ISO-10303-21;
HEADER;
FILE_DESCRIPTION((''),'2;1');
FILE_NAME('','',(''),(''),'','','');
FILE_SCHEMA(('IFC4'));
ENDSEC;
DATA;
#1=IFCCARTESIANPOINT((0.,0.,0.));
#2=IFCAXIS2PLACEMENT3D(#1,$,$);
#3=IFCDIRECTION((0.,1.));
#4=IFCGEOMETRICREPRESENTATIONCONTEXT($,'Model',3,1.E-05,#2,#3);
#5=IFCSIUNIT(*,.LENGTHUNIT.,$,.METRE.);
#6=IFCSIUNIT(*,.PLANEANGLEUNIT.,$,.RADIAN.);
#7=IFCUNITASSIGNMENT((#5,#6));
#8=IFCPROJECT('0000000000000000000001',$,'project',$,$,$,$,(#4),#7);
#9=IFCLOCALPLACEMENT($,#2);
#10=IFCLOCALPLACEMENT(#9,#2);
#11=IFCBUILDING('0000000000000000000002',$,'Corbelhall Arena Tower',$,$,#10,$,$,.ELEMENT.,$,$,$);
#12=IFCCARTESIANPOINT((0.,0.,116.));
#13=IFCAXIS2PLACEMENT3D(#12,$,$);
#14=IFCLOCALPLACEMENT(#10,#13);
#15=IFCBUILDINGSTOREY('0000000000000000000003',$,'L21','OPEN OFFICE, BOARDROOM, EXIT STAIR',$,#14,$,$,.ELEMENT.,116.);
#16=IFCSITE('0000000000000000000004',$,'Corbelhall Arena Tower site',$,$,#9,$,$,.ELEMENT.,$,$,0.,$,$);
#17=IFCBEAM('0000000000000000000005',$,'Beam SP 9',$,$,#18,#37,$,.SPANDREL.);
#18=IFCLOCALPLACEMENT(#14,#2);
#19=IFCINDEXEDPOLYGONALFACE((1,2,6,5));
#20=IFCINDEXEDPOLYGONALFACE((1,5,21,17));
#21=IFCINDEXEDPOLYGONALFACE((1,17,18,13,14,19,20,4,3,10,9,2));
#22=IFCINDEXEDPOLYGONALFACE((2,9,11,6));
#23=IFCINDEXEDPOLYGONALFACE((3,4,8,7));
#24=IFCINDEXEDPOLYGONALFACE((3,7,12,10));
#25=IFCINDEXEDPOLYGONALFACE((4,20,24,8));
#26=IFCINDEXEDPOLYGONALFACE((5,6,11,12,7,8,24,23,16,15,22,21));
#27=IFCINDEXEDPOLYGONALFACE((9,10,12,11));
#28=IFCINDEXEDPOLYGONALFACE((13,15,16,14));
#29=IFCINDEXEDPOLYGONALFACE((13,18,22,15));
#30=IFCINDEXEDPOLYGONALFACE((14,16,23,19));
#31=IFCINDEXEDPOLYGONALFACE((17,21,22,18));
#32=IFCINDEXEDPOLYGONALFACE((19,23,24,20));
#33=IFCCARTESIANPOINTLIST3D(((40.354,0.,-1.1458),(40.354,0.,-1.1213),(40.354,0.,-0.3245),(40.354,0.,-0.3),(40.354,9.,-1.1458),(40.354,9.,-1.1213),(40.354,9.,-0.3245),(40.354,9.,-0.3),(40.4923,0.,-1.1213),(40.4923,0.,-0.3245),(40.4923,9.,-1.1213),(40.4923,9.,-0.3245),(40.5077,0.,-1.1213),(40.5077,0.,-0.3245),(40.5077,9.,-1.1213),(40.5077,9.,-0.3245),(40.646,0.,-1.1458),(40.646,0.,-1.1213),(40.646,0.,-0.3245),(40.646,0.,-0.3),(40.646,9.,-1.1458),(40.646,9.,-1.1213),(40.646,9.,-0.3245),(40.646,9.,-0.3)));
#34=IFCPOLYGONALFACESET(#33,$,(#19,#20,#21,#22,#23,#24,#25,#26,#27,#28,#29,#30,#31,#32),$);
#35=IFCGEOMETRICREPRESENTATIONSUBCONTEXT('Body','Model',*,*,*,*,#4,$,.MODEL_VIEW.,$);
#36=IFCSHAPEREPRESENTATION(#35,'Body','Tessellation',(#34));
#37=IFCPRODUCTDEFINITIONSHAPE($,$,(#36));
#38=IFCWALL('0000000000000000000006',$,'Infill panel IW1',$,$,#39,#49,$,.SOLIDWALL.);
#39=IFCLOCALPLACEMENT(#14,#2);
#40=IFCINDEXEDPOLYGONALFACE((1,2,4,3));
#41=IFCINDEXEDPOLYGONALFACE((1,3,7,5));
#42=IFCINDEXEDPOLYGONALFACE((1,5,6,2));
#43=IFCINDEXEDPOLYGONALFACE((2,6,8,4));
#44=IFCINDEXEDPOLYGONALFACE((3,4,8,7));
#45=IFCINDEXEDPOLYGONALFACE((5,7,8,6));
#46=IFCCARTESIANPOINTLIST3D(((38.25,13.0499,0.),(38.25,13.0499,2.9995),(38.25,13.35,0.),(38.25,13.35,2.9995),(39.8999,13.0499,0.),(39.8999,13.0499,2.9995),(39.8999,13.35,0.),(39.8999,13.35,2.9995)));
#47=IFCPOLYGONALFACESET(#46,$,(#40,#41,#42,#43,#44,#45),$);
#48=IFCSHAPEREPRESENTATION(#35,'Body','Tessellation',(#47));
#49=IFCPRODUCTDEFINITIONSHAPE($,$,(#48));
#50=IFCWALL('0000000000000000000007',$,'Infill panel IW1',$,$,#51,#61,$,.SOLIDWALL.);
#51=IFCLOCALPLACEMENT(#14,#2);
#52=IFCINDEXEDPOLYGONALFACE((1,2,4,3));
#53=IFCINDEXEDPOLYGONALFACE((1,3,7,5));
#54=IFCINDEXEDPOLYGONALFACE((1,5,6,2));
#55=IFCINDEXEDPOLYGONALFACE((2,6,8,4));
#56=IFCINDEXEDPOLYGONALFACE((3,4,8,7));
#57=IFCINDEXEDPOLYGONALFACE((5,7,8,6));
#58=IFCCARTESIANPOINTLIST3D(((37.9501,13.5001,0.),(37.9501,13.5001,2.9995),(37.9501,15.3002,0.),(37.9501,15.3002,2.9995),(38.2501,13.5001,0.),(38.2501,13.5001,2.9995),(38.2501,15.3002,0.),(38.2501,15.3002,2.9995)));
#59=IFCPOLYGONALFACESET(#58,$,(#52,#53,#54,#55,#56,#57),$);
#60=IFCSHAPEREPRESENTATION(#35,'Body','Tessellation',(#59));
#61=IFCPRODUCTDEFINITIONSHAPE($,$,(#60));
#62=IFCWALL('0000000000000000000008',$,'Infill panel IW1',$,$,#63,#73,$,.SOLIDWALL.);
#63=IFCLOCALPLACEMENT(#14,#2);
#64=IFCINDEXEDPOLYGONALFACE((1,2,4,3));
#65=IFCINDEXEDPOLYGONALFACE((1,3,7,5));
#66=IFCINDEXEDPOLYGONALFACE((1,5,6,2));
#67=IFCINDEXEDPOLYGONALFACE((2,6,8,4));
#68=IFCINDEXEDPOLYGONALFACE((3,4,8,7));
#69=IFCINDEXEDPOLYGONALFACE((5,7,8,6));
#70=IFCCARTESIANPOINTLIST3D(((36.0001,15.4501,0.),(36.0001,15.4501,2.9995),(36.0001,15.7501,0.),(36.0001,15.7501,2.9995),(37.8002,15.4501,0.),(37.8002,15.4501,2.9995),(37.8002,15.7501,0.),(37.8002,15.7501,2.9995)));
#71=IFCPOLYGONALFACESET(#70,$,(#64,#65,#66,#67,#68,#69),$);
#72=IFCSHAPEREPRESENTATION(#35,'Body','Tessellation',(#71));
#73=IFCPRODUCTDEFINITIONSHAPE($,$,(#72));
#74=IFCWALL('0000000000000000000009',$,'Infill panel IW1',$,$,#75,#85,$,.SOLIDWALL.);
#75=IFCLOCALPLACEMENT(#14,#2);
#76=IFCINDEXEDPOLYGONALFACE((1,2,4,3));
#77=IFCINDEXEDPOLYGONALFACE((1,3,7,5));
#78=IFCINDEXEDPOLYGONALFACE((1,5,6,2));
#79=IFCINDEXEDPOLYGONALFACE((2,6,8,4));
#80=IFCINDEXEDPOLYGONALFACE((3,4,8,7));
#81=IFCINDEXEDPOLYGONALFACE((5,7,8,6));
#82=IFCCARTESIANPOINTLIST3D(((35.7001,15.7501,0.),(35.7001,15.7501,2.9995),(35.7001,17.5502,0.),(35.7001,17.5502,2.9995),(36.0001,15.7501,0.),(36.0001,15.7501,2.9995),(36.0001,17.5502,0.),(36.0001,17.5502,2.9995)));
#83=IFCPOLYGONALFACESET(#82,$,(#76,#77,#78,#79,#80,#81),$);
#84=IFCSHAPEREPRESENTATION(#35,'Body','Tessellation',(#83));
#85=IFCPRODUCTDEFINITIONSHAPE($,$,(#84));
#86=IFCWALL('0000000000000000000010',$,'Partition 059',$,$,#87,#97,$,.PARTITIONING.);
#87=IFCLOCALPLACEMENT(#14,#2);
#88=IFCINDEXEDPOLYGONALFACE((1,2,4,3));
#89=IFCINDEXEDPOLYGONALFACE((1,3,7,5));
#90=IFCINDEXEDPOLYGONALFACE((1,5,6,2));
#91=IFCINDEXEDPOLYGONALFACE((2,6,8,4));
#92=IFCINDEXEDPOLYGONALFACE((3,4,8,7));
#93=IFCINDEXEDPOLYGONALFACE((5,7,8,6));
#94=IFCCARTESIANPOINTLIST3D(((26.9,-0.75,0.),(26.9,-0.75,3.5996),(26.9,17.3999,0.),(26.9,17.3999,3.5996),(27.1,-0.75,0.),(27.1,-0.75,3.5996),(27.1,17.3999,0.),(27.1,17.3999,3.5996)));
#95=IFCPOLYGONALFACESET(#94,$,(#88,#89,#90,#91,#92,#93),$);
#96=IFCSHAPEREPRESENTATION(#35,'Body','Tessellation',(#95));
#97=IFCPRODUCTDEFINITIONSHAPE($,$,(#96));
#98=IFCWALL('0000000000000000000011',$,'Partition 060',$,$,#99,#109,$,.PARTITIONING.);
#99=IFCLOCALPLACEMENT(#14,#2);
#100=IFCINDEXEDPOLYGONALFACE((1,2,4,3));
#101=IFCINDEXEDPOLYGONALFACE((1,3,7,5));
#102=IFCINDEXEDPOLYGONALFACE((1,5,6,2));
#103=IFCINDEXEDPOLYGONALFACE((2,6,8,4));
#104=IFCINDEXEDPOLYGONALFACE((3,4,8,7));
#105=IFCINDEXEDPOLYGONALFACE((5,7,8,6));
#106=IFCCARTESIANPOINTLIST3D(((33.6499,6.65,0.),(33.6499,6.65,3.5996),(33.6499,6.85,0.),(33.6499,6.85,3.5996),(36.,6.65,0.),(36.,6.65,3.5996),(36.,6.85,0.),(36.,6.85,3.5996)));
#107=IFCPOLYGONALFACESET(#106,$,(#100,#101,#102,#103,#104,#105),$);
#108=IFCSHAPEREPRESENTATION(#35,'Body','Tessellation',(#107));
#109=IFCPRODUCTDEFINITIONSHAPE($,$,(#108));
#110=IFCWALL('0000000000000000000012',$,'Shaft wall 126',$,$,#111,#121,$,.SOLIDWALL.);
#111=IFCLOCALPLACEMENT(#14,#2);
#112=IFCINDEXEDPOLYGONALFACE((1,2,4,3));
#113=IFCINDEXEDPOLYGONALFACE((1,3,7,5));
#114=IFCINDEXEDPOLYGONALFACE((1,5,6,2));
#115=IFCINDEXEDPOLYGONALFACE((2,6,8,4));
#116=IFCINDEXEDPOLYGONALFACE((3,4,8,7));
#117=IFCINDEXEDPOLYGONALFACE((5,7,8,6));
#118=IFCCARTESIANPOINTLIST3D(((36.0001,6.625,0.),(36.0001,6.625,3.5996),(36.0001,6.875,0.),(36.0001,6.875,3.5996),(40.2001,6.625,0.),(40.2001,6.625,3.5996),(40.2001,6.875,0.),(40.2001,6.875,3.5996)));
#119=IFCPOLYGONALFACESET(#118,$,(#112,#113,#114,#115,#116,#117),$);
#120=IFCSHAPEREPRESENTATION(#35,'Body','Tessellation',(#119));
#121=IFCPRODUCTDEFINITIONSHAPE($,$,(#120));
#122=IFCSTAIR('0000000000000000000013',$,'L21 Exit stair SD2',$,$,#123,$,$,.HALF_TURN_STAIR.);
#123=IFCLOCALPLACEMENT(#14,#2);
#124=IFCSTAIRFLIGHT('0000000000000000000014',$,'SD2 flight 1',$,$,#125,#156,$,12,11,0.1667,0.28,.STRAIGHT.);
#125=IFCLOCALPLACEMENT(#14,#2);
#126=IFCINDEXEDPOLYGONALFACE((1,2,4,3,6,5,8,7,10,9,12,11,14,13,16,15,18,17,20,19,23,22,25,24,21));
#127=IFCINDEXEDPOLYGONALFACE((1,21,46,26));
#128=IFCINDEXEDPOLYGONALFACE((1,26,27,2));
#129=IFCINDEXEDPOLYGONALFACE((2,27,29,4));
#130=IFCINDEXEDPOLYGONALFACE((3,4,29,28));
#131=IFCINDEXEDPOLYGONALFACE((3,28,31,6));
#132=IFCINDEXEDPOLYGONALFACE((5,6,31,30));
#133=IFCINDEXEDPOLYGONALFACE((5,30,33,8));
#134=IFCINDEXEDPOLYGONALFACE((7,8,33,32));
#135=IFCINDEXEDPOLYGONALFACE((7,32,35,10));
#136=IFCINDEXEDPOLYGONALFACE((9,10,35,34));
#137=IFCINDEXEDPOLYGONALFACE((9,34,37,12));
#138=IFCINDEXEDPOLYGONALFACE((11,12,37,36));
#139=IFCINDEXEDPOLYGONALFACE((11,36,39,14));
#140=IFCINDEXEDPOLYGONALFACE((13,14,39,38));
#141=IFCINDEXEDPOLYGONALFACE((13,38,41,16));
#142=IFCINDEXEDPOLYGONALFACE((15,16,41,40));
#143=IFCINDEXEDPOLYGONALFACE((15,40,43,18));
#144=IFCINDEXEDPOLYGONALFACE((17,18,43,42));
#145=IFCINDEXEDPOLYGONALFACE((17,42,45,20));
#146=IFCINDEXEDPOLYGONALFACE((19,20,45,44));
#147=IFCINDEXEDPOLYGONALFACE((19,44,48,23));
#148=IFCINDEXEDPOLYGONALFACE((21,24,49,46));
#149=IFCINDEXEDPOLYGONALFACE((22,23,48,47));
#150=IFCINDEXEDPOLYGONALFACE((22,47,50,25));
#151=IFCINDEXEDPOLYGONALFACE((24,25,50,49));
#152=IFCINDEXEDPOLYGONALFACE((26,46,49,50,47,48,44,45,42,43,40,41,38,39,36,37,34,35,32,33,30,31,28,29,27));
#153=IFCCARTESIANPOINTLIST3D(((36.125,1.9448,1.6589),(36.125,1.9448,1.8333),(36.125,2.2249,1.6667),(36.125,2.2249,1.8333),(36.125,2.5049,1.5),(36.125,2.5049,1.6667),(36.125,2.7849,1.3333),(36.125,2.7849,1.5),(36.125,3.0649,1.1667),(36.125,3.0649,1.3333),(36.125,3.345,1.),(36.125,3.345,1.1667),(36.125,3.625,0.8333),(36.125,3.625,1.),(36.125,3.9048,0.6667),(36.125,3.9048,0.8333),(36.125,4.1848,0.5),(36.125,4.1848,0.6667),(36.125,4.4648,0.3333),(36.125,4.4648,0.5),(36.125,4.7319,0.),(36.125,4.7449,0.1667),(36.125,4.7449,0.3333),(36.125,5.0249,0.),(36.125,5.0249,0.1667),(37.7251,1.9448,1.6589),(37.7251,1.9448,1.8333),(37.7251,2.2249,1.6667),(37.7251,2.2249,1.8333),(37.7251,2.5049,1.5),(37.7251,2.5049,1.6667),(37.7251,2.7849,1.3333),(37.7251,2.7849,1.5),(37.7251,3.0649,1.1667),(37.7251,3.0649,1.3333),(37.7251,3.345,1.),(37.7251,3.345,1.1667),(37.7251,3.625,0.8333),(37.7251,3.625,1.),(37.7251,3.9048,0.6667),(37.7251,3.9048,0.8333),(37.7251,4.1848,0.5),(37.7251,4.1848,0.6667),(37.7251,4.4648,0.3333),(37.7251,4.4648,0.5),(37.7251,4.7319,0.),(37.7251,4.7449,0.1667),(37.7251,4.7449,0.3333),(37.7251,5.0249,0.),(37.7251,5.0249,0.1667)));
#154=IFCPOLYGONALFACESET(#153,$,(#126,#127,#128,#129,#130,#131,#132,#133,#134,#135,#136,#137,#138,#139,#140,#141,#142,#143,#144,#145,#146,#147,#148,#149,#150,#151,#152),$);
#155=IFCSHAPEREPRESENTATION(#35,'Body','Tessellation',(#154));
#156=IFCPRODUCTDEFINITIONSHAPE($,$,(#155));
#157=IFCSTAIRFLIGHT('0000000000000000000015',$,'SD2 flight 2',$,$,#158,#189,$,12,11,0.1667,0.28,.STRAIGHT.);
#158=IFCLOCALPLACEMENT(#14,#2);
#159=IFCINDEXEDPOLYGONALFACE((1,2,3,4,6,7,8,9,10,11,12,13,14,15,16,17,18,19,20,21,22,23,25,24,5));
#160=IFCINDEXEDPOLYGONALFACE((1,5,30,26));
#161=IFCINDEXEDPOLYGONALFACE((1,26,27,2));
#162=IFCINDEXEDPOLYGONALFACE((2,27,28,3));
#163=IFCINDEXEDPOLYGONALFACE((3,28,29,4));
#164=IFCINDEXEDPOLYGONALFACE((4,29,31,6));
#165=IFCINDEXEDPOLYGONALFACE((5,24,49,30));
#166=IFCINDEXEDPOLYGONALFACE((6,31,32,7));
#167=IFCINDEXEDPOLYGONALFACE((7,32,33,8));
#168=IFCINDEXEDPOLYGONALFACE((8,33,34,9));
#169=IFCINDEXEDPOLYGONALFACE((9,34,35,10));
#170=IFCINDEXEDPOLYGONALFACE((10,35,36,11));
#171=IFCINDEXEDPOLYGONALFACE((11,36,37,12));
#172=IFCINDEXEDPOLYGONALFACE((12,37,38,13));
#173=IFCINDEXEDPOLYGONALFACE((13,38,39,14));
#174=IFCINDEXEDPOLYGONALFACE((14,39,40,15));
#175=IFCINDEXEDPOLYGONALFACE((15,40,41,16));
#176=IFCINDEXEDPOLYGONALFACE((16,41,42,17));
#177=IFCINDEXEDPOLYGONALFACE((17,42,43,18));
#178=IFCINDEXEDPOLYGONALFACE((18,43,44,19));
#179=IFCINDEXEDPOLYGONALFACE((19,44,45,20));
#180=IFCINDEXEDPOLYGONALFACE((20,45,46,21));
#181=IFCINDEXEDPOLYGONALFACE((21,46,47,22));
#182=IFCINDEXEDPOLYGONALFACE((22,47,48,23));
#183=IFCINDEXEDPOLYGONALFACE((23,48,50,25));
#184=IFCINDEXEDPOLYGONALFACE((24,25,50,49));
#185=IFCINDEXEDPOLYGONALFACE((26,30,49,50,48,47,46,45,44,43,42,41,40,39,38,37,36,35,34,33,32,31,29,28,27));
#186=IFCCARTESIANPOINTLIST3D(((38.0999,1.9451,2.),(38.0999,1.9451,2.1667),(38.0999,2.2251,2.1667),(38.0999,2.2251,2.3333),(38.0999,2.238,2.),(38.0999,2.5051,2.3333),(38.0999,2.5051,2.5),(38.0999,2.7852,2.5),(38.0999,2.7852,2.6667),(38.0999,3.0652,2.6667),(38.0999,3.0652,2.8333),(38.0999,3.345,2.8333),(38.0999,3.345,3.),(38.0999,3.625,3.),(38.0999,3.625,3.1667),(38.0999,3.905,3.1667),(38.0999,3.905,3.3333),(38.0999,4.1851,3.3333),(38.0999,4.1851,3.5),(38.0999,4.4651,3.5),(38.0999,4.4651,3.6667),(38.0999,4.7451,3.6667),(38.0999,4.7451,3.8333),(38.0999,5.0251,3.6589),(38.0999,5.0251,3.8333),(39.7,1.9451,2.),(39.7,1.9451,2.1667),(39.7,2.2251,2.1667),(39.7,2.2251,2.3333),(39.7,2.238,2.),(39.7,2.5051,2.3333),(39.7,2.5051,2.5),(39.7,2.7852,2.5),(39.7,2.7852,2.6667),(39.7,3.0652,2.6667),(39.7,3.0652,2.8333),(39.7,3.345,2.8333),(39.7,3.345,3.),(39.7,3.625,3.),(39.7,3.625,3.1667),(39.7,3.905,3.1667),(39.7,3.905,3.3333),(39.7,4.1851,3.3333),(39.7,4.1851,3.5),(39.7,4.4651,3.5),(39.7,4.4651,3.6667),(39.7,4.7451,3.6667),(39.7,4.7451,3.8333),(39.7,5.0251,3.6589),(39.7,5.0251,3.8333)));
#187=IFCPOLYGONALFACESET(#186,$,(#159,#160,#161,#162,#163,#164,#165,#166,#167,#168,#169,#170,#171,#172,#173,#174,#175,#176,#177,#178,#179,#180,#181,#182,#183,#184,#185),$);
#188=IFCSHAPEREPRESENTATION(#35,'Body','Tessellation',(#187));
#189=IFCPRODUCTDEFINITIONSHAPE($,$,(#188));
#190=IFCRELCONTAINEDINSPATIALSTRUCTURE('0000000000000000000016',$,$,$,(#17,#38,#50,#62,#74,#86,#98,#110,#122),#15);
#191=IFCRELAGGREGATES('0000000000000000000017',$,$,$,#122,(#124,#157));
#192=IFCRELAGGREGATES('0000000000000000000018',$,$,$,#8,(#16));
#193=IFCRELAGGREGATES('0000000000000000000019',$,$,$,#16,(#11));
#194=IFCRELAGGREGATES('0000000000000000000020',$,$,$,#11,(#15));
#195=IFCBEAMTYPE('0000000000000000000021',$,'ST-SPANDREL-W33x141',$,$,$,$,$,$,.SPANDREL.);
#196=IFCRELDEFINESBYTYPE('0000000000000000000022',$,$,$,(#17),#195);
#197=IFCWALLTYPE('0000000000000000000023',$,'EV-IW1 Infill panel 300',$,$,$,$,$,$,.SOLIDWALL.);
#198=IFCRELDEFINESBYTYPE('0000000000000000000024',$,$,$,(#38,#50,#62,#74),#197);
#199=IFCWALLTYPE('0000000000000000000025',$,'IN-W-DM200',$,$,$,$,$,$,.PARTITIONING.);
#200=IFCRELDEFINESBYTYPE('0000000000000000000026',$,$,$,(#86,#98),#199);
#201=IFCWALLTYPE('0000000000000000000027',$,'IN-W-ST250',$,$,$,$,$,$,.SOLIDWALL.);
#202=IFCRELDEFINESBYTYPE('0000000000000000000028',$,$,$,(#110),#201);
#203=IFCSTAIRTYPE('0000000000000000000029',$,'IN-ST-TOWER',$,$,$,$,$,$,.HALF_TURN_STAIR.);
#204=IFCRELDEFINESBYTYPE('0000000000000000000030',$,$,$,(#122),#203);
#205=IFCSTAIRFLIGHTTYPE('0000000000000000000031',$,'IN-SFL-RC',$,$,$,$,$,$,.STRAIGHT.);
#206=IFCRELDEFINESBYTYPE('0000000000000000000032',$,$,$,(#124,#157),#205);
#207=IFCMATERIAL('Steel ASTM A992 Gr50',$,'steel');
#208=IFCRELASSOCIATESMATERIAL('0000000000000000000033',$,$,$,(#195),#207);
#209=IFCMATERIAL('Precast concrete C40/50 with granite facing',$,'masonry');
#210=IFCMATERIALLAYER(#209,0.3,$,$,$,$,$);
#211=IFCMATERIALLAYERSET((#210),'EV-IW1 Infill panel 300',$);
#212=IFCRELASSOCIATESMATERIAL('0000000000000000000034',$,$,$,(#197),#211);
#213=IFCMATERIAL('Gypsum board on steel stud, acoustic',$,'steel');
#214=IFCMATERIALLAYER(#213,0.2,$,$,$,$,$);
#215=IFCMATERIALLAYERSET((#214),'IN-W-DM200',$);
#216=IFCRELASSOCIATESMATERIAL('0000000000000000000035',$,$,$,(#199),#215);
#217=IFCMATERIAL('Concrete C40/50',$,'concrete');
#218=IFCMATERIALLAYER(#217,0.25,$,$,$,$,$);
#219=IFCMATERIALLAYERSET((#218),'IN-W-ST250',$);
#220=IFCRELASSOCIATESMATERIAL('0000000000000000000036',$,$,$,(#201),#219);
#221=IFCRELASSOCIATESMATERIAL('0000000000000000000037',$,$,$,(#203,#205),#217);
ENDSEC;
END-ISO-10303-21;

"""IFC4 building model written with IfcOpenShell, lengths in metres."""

from ifc_helpers import new_model, si_unit, direction, frame, frame_2d, origin, origin_2d, place, context, subcontext, project, spatial, polyline, rectangle, i_section, outline, extrude, material, layer, layer_set, material_profile, profile_set, type_object, element, aggregate, save


model = new_model("IFC4")

# Units and contexts
model_context = context("Model", 3, precision=1e-05, world=origin(), true_north=direction((0.0, 1.0)))
body_context = subcontext(model_context, "Body", "Model", "MODEL_VIEW")
ifc_project = project(units=[si_unit("LENGTHUNIT", "METRE"), si_unit("PLANEANGLEUNIT", "RADIAN")], contexts=[model_context])

# Site, building, storey
site_placement = place(None, origin())
site = spatial("IfcSite", under=ifc_project, at=site_placement, Name="Corbelhall Arena Tower site", CompositionType="ELEMENT", RefElevation=0.0)
building_placement = place(site_placement, origin())
building = spatial("IfcBuilding", under=site, at=building_placement, Name="Corbelhall Arena Tower", CompositionType="ELEMENT")
storey_placement = place(building_placement, frame((0.0, 0.0, 116.0)))
storey = spatial("IfcBuildingStorey", under=building, at=storey_placement, Name="L21", Description="OPEN OFFICE, BOARDROOM, EXIT STAIR", CompositionType="ELEMENT", Elevation=116.0)

# Beam
ifc_material_1 = material(Name="Steel ASTM A992 Gr50", Category="steel")
ifc_material_profile_1 = material_profile(ifc_material_1, i_section(OverallWidth=0.292, OverallDepth=0.8457, WebThickness=0.0154, FlangeThickness=0.0244, at=origin_2d()))
ifc_profile_set_1 = profile_set([ifc_material_profile_1], Name="Steel ASTM A992 Gr50")
beam_type_1 = type_object("IfcBeamType", Name="ST-SPANDREL-W33x141", PredefinedType="SPANDREL", material=ifc_profile_set_1)
for number, where, z_axis, x_axis, name in (
    (1, (40.5, 9.0, -0.7229), (0.0, -1.0, 0.0), (1.0, 0.0, 0.0), "Beam SP 9"),
):
    element("IfcBeam", number, at=place(storey_placement, frame(where, z_axis=z_axis, x_axis=x_axis)), inside=storey, type_object=beam_type_1, Name=name, PredefinedType="SPANDREL", context=body_context, shape_type="SweptSolid", body=[
        extrude(i_section(OverallWidth=0.292, OverallDepth=0.8457, WebThickness=0.0154, FlangeThickness=0.0244, at=origin_2d()), origin(), (0.0, 0.0, 1.0), 9.0),
    ])

# Walls
ifc_material_2 = material(Name="Precast concrete C40/50 with granite facing", Category="masonry")
ifc_layer_1 = layer(ifc_material_2, 0.3)
ifc_layer_set_1 = layer_set([ifc_layer_1], Name="EV-IW1 Infill panel 300")
wall_type_1 = type_object("IfcWallType", Name="EV-IW1 Infill panel 300", PredefinedType="SOLIDWALL", material=ifc_layer_set_1)
wall_1_placement = place(storey_placement, frame((39.8999, 13.2, 0.0), z_axis=(0.0, 0.0, 1.0), x_axis=(-1.0, 0.0, 0.0)))
element("IfcWall", 2, at=wall_1_placement, inside=storey, type_object=wall_type_1, Name="Infill panel IW1", PredefinedType="SOLIDWALL", context=body_context, shape_type="SweptSolid", body=[
    extrude(rectangle(XDim=1.6499, YDim=0.3, at=frame_2d((0.825, 0.0))), origin(), (0.0, 0.0, 1.0), 2.9995),
])
for number, where, z_axis, x_axis, name in (
    (3, (38.1001, 15.3, 0.0), (0.0, 0.0, 1.0), (0.0, -1.0, 0.0), "Infill panel IW1"),
    (4, (37.8, 15.6001, 0.0), (0.0, 0.0, 1.0), (-1.0, 0.0, 0.0), "Infill panel IW1"),
    (5, (35.8501, 17.55, 0.0), (0.0, 0.0, 1.0), (0.0, -1.0, 0.0), "Infill panel IW1"),
):
    element("IfcWall", number, at=place(storey_placement, frame(where, z_axis=z_axis, x_axis=x_axis)), inside=storey, type_object=wall_type_1, Name=name, PredefinedType="SOLIDWALL", context=body_context, shape_type="SweptSolid", body=[
        extrude(rectangle(XDim=1.8, YDim=0.3, at=frame_2d((0.8999, 0.0))), origin(), (0.0, 0.0, 1.0), 2.9995),
    ])

# Walls
ifc_material_3 = material(Name="Gypsum board on steel stud, acoustic", Category="steel")
ifc_layer_2 = layer(ifc_material_3, 0.2)
ifc_layer_set_2 = layer_set([ifc_layer_2], Name="IN-W-DM200")
wall_type_2 = type_object("IfcWallType", Name="IN-W-DM200", PredefinedType="PARTITIONING", material=ifc_layer_set_2)
wall_2_placement = place(storey_placement, frame((27.0, 17.3999, 0.0), z_axis=(0.0, 0.0, 1.0), x_axis=(0.0, -1.0, 0.0)))
element("IfcWall", 6, at=wall_2_placement, inside=storey, type_object=wall_type_2, Name="Partition 059", PredefinedType="PARTITIONING", context=body_context, shape_type="SweptSolid", body=[
    extrude(rectangle(XDim=18.1499, YDim=0.2, at=frame_2d((9.075, 0.0))), origin(), (0.0, 0.0, 1.0), 3.5996),
])
wall_3_placement = place(storey_placement, frame((33.6499, 6.75, 0.0), z_axis=(0.0, 0.0, 1.0), x_axis=(1.0, 0.0, 0.0)))
element("IfcWall", 7, at=wall_3_placement, inside=storey, type_object=wall_type_2, Name="Partition 060", PredefinedType="PARTITIONING", context=body_context, shape_type="SweptSolid", body=[
    extrude(rectangle(XDim=2.3501, YDim=0.2, at=frame_2d((1.175, 0.0))), origin(), (0.0, 0.0, 1.0), 3.5996),
])
ifc_material_4 = material(Name="Concrete C40/50", Category="concrete")
ifc_layer_3 = layer(ifc_material_4, 0.25)
ifc_layer_set_3 = layer_set([ifc_layer_3], Name="IN-W-ST250")
wall_type_3 = type_object("IfcWallType", Name="IN-W-ST250", PredefinedType="SOLIDWALL", material=ifc_layer_set_3)
wall_4_placement = place(storey_placement, frame((36.0, 6.75, 0.0), z_axis=(0.0, 0.0, 1.0), x_axis=(1.0, 0.0, 0.0)))
element("IfcWall", 8, at=wall_4_placement, inside=storey, type_object=wall_type_3, Name="Shaft wall 126", PredefinedType="SOLIDWALL", context=body_context, shape_type="SweptSolid", body=[
    extrude(rectangle(XDim=4.2, YDim=0.25, at=frame_2d((2.1001, 0.0))), origin(), (0.0, 0.0, 1.0), 3.5996),
])

# Stair, stair flights
stair_type = type_object("IfcStairType", Name="IN-ST-TOWER", PredefinedType="HALF_TURN_STAIR", material=ifc_material_4)
stair_placement = place(storey_placement, origin())
stair = element("IfcStair", 9, at=stair_placement, inside=storey, type_object=stair_type, Name="L21 Exit stair SD2", PredefinedType="HALF_TURN_STAIR")
stair_flight_type = type_object("IfcStairFlightType", Name="IN-SFL-RC", PredefinedType="STRAIGHT", material=ifc_material_4)
stair_flight_1_placement = place(storey_placement, frame((36.925, 5.0249, 0.0), z_axis=(0.0, 0.0, 1.0), x_axis=(0.0, -1.0, 0.0)))
stair_flight_1 = element("IfcStairFlight", 10, at=stair_flight_1_placement, type_object=stair_flight_type, Name="SD2 flight 1", NumberOfRisers=12, NumberOfTreads=11, PredefinedType="STRAIGHT", RiserHeight=0.1667, TreadLength=0.28, context=body_context, shape_type="SweptSolid", body=[
    extrude(outline(polyline([(0.0, 0.0), (0.0, 0.1667), (0.28, 0.1667), (0.28, 0.3333), (0.5601, 0.3333), (0.5601, 0.5), (0.8401, 0.5), (0.8401, 0.6667), (1.1201, 0.6667), (1.1201, 0.8333), (1.3999, 0.8333), (1.3999, 1.0), (1.6799, 1.0), (1.6799, 1.1667), (1.96, 1.1667), (1.96, 1.3333), (2.24, 1.3333), (2.24, 1.5), (2.52, 1.5), (2.52, 1.6667), (2.8, 1.6667), (2.8, 1.8333), (3.0801, 1.8333), (3.0801, 2.0), (3.0801, 1.6589), (0.293, 0.0), (0.0, 0.0)])), frame((0.0, 0.8, 0.0), z_axis=(0.0, -1.0, 0.0), x_axis=(1.0, 0.0, 0.0)), (0.0, 0.0, 1.0), 1.6001),
])
stair_flight_2_placement = place(storey_placement, frame((38.8999, 1.9451, 2.0), z_axis=(0.0, 0.0, 1.0), x_axis=(0.0, 1.0, 0.0)))
stair_flight_2 = element("IfcStairFlight", 11, at=stair_flight_2_placement, type_object=stair_flight_type, Name="SD2 flight 2", NumberOfRisers=12, NumberOfTreads=11, PredefinedType="STRAIGHT", RiserHeight=0.1667, TreadLength=0.28, context=body_context, shape_type="SweptSolid", body=[
    extrude(outline(polyline([(0.0, 0.0), (0.0, 0.1667), (0.28, 0.1667), (0.28, 0.3333), (0.5601, 0.3333), (0.5601, 0.5), (0.8401, 0.5), (0.8401, 0.6667), (1.1201, 0.6667), (1.1201, 0.8333), (1.3999, 0.8333), (1.3999, 1.0), (1.6799, 1.0), (1.6799, 1.1667), (1.96, 1.1667), (1.96, 1.3333), (2.24, 1.3333), (2.24, 1.5), (2.52, 1.5), (2.52, 1.6667), (2.8, 1.6667), (2.8, 1.8333), (3.0801, 1.8333), (3.0801, 2.0), (3.0801, 1.6589), (0.293, 0.0), (0.0, 0.0)])), frame((0.0, 0.8, 0.0), z_axis=(0.0, -1.0, 0.0), x_axis=(1.0, 0.0, 0.0)), (0.0, 0.0, 1.0), 1.6001),
])
aggregate(stair, [stair_flight_1, stair_flight_2])

save(model, "model.ifc")
